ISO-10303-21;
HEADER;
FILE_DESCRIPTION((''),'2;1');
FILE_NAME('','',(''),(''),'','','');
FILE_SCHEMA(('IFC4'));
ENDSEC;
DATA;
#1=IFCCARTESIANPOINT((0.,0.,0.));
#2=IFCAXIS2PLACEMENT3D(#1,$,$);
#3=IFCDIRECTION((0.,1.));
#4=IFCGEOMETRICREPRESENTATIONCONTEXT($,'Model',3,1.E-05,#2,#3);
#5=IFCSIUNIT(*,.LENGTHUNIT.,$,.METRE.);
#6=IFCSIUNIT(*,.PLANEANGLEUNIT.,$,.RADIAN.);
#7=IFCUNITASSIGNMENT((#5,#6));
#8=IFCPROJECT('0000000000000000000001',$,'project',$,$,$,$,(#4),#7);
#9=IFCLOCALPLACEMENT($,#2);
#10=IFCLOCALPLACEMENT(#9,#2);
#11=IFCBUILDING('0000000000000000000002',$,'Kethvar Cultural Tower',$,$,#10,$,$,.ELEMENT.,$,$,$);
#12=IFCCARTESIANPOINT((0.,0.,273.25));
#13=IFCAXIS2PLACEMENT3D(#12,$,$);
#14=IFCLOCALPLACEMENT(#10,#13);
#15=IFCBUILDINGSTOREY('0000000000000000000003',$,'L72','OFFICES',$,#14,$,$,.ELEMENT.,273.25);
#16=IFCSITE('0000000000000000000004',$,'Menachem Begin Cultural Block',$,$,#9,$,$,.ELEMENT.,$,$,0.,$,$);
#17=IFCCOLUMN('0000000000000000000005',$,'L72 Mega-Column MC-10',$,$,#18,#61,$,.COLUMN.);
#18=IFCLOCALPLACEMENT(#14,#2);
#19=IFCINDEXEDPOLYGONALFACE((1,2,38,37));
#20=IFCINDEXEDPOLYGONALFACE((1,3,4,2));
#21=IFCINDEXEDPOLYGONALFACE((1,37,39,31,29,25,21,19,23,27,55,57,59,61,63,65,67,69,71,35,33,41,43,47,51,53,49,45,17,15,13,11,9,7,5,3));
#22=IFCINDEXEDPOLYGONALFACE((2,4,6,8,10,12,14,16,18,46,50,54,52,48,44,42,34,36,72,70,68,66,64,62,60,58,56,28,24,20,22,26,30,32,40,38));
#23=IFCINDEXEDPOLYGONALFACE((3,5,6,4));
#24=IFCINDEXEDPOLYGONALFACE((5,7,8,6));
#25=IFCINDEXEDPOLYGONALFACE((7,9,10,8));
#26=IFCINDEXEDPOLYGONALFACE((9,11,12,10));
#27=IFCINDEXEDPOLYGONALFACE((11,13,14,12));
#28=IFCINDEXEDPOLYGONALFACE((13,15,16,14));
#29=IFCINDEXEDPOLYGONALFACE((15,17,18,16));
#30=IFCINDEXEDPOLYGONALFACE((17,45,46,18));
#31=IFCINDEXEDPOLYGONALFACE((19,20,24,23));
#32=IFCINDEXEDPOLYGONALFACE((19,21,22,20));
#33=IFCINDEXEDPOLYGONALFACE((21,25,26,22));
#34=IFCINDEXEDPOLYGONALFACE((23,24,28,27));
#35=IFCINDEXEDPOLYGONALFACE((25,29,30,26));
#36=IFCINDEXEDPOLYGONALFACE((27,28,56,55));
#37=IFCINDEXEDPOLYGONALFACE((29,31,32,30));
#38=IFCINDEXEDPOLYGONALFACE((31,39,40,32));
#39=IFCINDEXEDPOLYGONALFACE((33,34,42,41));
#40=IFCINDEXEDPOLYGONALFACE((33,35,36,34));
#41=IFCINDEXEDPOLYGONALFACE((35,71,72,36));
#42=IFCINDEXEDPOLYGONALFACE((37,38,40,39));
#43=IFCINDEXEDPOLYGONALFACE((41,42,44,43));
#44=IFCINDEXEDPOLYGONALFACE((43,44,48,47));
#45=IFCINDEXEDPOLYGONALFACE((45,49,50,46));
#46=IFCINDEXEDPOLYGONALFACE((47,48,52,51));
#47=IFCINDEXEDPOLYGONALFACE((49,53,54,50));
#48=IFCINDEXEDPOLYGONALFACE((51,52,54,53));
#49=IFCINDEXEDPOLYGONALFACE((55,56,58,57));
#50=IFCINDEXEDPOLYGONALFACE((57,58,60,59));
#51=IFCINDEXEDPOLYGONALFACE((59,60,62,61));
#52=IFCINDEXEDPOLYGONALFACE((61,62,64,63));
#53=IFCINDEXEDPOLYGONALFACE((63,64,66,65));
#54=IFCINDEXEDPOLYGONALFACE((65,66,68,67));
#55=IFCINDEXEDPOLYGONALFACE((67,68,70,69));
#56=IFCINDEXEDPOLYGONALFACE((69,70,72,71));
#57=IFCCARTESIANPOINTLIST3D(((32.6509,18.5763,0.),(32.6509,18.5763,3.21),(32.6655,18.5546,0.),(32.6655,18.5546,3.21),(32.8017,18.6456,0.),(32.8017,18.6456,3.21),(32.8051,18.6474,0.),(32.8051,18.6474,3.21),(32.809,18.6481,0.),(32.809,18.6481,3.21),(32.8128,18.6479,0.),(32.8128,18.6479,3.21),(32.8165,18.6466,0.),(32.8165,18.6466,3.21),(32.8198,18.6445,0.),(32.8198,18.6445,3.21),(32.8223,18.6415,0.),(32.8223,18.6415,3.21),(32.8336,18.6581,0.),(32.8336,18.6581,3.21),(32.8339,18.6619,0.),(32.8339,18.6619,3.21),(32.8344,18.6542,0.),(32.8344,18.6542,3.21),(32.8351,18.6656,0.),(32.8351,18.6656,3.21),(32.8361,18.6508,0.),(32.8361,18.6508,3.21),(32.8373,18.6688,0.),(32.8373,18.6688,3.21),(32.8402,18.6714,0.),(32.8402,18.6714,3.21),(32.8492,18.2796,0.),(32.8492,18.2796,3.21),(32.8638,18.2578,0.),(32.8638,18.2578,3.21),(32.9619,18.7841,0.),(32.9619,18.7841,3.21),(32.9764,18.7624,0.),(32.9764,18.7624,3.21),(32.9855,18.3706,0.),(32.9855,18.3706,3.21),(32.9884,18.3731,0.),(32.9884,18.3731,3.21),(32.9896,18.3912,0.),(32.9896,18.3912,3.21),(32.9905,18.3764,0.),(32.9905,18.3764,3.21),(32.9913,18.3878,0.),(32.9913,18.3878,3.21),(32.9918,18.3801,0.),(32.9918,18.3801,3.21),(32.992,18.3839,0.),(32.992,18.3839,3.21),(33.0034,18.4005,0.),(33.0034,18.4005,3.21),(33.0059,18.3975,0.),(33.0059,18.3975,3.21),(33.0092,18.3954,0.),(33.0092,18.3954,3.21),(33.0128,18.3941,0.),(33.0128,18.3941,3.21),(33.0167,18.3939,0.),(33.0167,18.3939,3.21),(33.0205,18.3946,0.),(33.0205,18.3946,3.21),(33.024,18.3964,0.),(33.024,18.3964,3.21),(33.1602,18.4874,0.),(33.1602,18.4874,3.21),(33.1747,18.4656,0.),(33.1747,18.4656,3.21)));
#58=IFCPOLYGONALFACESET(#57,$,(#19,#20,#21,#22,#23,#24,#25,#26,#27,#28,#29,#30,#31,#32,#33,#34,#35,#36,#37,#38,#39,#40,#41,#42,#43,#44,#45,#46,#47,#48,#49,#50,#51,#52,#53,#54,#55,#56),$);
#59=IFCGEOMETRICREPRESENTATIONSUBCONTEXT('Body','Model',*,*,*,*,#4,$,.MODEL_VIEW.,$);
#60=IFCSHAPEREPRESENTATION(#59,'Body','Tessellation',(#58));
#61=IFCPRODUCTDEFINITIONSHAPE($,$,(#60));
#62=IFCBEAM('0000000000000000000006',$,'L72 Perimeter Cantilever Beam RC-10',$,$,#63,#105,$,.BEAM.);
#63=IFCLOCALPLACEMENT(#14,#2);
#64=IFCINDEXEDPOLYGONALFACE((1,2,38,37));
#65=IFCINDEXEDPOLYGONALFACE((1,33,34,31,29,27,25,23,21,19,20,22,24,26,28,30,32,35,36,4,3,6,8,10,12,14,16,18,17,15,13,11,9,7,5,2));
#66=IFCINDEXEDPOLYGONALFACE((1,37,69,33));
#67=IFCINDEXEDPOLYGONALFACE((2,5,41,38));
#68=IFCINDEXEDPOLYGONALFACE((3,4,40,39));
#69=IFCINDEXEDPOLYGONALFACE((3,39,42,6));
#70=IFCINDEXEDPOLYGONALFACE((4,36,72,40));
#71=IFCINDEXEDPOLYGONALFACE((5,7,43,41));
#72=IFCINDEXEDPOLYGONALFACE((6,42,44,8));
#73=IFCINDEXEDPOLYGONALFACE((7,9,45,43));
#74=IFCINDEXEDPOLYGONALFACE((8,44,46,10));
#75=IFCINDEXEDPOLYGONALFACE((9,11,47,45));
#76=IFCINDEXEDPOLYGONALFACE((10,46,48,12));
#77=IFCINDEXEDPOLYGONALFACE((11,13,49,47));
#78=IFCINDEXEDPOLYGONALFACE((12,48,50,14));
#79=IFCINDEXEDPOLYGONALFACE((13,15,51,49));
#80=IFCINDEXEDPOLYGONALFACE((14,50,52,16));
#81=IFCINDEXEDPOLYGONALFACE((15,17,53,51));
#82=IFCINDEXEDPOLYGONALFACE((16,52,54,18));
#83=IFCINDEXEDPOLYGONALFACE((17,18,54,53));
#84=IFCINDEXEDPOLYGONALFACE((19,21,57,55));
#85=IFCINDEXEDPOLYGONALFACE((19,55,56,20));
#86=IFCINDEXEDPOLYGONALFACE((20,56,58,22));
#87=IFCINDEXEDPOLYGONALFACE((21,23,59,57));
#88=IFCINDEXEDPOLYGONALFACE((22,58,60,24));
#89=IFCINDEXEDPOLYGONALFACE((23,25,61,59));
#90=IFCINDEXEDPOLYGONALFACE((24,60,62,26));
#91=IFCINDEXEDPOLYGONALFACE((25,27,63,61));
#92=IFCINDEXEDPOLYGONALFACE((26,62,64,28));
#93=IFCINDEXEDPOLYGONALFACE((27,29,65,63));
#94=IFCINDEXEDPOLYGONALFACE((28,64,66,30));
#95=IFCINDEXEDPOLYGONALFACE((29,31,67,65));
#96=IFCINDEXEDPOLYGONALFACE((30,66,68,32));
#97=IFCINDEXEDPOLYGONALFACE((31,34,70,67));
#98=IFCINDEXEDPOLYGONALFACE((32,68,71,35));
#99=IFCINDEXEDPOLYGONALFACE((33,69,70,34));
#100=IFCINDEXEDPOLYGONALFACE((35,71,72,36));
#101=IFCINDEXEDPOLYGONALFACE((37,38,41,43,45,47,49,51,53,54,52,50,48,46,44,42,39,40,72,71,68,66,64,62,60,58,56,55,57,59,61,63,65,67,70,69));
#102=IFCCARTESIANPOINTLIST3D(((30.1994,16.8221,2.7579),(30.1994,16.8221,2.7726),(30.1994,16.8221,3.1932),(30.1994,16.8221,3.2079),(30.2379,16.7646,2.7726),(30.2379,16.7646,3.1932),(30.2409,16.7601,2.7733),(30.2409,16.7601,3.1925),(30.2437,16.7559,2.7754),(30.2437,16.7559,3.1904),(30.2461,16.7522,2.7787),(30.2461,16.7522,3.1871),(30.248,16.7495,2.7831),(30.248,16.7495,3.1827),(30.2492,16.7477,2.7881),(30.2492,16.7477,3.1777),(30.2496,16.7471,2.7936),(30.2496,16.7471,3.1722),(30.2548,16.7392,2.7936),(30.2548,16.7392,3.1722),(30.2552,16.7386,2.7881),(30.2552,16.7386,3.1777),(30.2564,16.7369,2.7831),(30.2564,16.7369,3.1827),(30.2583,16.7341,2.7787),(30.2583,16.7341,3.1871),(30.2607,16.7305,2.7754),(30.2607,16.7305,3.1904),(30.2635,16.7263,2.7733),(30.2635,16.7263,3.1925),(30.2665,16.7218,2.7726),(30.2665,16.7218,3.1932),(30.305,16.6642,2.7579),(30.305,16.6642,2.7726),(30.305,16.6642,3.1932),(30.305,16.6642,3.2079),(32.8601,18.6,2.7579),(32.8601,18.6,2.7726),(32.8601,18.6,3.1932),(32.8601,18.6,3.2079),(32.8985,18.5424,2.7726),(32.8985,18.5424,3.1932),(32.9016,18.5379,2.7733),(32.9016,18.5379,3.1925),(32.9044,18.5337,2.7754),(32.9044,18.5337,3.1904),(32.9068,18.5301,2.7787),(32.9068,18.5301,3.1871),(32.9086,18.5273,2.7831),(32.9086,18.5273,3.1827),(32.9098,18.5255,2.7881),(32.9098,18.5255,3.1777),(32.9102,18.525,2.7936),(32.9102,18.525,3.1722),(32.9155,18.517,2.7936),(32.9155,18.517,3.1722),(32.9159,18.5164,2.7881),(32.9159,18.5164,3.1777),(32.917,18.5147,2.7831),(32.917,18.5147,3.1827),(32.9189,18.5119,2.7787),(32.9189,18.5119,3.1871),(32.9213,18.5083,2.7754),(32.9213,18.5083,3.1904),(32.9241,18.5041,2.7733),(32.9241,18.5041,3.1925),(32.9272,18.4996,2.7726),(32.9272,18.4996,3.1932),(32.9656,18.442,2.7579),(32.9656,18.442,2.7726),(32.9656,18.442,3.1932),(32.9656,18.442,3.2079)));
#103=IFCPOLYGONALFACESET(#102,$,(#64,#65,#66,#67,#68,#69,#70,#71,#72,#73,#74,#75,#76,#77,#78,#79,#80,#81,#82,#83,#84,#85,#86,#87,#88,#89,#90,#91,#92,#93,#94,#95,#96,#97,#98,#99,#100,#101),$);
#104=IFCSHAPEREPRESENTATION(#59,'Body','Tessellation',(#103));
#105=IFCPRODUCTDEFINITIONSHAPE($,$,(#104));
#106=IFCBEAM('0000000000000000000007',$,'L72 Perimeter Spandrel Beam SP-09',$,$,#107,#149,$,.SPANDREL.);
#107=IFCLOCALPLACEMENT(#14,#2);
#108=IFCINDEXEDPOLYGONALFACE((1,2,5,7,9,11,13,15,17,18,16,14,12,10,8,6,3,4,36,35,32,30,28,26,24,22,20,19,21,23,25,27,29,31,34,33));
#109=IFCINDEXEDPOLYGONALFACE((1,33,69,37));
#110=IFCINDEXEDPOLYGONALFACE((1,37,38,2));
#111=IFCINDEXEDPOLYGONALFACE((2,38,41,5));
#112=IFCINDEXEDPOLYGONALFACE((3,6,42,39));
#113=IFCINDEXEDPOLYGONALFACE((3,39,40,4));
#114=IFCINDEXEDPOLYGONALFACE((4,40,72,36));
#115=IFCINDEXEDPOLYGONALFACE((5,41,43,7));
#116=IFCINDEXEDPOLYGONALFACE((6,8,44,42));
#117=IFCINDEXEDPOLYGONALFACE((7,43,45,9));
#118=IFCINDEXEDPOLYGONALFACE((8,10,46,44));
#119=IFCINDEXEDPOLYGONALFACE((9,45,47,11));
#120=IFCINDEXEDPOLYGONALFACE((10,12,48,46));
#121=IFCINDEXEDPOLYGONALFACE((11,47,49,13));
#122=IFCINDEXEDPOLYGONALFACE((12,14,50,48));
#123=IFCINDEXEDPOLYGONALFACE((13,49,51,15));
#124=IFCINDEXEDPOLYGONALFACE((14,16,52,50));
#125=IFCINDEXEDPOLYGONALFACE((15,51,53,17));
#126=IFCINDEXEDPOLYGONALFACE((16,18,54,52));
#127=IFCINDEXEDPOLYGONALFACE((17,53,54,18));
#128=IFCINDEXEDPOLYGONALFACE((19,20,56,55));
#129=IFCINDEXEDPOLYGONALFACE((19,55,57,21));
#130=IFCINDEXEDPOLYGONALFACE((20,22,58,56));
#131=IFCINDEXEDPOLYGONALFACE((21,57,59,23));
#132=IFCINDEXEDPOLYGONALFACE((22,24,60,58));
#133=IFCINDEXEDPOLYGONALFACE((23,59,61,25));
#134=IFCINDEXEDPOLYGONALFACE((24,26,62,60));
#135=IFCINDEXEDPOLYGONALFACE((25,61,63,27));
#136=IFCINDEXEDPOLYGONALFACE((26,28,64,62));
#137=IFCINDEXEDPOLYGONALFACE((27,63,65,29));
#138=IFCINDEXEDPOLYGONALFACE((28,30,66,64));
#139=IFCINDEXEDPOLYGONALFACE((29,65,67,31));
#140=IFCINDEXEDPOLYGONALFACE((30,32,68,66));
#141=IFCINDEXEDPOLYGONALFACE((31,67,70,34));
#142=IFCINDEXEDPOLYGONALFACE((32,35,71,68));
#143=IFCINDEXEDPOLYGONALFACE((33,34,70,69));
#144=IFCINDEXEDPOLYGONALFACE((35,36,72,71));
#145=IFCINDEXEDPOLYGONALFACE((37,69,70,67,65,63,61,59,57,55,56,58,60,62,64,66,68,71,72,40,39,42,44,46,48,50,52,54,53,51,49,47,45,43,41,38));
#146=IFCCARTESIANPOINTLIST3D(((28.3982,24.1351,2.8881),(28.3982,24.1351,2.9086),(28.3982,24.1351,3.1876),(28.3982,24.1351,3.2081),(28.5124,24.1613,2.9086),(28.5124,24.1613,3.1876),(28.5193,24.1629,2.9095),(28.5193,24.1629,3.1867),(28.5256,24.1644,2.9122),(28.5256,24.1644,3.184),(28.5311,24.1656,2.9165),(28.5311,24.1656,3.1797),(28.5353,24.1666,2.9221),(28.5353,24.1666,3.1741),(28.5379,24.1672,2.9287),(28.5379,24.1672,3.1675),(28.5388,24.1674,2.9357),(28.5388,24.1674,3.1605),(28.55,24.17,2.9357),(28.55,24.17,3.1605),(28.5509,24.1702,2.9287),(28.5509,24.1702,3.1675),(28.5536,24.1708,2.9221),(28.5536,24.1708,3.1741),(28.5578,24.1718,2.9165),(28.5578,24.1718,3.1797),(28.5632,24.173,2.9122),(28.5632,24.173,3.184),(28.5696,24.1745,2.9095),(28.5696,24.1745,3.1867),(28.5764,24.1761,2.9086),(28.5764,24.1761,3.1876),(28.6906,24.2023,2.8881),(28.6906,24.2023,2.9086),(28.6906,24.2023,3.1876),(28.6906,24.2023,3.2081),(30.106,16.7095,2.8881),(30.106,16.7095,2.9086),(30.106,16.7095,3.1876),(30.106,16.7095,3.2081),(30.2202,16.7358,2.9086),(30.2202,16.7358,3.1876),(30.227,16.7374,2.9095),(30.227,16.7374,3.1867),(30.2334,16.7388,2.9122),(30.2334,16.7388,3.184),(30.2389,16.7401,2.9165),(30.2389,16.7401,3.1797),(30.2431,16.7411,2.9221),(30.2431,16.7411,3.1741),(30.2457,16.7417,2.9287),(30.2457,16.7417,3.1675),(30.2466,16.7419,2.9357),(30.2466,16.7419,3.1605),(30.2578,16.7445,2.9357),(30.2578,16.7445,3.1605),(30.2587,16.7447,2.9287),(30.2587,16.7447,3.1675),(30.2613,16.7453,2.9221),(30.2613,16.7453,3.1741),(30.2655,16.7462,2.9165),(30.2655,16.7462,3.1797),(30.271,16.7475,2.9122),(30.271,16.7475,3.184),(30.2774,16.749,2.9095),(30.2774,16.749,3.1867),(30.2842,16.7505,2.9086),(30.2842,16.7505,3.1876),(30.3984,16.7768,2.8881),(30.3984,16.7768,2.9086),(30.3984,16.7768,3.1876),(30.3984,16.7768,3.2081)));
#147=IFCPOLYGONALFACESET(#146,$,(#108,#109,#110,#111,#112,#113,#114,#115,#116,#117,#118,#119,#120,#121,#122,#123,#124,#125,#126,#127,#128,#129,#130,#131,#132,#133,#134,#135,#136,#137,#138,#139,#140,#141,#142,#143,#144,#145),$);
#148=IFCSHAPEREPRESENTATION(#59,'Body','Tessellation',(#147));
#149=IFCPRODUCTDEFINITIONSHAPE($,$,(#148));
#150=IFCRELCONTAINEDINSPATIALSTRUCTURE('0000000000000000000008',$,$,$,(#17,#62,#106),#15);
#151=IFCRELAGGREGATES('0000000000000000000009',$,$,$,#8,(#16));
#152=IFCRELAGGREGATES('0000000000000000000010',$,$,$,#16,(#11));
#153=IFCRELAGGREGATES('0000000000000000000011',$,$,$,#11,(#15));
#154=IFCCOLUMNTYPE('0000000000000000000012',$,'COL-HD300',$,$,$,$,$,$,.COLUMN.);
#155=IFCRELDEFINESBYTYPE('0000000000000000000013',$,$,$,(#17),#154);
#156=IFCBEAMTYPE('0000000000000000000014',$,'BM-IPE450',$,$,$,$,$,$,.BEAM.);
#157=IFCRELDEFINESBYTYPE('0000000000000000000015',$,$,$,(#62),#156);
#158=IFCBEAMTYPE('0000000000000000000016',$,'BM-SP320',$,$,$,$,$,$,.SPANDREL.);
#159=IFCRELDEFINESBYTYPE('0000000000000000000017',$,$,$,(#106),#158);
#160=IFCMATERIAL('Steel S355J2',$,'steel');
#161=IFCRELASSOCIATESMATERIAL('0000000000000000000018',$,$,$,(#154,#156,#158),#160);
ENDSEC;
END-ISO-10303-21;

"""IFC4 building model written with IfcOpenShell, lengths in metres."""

from ifc_helpers import new_model, si_unit, direction, frame, origin, origin_2d, place, context, subcontext, project, spatial, i_section, extrude, source, transform, mapped, material, material_profile, profile_set, type_object, element, save


model = new_model("IFC4")

# Units and contexts
model_context = context("Model", 3, precision=1e-05, world=origin(), true_north=direction((0.0, 1.0)))
body_context = subcontext(model_context, "Body", "Model", "MODEL_VIEW")
ifc_project = project(units=[si_unit("LENGTHUNIT", "METRE"), si_unit("PLANEANGLEUNIT", "RADIAN")], contexts=[model_context])

# Site, building, storey
site_placement = place(None, origin())
site = spatial("IfcSite", under=ifc_project, at=site_placement, Name="Menachem Begin Cultural Block", CompositionType="ELEMENT", RefElevation=0.0)
building_placement = place(site_placement, origin())
building = spatial("IfcBuilding", under=site, at=building_placement, Name="Kethvar Cultural Tower", CompositionType="ELEMENT")
storey_placement = place(building_placement, frame((0.0, 0.0, 273.25)))
storey = spatial("IfcBuildingStorey", under=building, at=storey_placement, Name="L72", Description="OFFICES", CompositionType="ELEMENT", Elevation=273.25)

# Column
ifc_material_1 = material(Name="Steel S355J2", Category="steel")
ifc_material_profile_1 = material_profile(ifc_material_1, i_section(OverallWidth=0.374, OverallDepth=0.3831, WebThickness=0.0166, FlangeThickness=0.0261, FilletRadius=0.0149, at=origin_2d()), Name="Steel S355J2 — HD360x300")
ifc_profile_set_1 = profile_set([ifc_material_profile_1], Name="Steel S355J2 — HD360x300")
column_type = type_object("IfcColumnType", Name="COL-HD300", PredefinedType="COLUMN", material=ifc_profile_set_1)
shared_shape_1 = source(origin(), body_context, "Body", "SweptSolid", [
    extrude(i_section(OverallWidth=0.374, OverallDepth=0.3831, WebThickness=0.0166, FlangeThickness=0.0261, FilletRadius=0.0149, at=origin_2d()), origin(), (0.0, 0.0, 1.0), 3.21),
])
column_placement = place(storey_placement, frame((32.9128, 18.521, 0.0), z_axis=(0.0, 0.0, 1.0), x_axis=(-0.83147, -0.55557, 0.0)))
element("IfcColumn", 1, at=column_placement, inside=storey, type_object=column_type, Name="L72 Mega-Column MC-10", PredefinedType="COLUMN", context=body_context, shape_type="MappedRepresentation", body=[
    mapped(shared_shape_1, transform((0.0, 0.0, 0.0), scale=1.0)),
])

# Beams
ifc_material_profile_2 = material_profile(ifc_material_1, i_section(OverallWidth=0.1899, OverallDepth=0.45, WebThickness=0.0095, FlangeThickness=0.0146, FilletRadius=0.021, at=origin_2d()), Name="Steel S355J2 — IPE450")
ifc_profile_set_2 = profile_set([ifc_material_profile_2], Name="Steel S355J2 — IPE450")
beam_type_1 = type_object("IfcBeamType", Name="BM-IPE450", PredefinedType="BEAM", material=ifc_profile_set_2)
shared_shape_2 = source(origin(), body_context, "Body", "SweptSolid", [
    extrude(i_section(OverallWidth=0.1899, OverallDepth=0.45, WebThickness=0.0095, FlangeThickness=0.0146, FilletRadius=0.021, at=origin_2d()), origin(), (0.0, 0.0, 1.0), 3.2),
])
beam_1_placement = place(storey_placement, frame((32.9128, 18.521, 2.9829), z_axis=(-0.831463, -0.55558, 0.0), x_axis=(0.55558, -0.831463, 0.0)))
element("IfcBeam", 2, at=beam_1_placement, inside=storey, type_object=beam_type_1, Name="L72 Perimeter Cantilever Beam RC-10", PredefinedType="BEAM", context=body_context, shape_type="MappedRepresentation", body=[
    mapped(shared_shape_2, transform((0.0, 0.0, 0.0), scale=1.0)),
])
ifc_material_profile_3 = material_profile(ifc_material_1, i_section(OverallWidth=0.3, OverallDepth=0.3201, WebThickness=0.0115, FlangeThickness=0.0205, FilletRadius=0.0271, at=origin_2d()), Name="Steel S355J2 — HEB320")
ifc_profile_set_3 = profile_set([ifc_material_profile_3], Name="Steel S355J2 — HEB320")
beam_type_2 = type_object("IfcBeamType", Name="BM-SP320", PredefinedType="SPANDREL", material=ifc_profile_set_3)
shared_shape_3 = source(origin(), body_context, "Body", "SweptSolid", [
    extrude(i_section(OverallWidth=0.3, OverallDepth=0.3201, WebThickness=0.0115, FlangeThickness=0.0205, FilletRadius=0.0271, at=origin_2d()), origin(), (0.0, 0.0, 1.0), 7.6194),
])
beam_2_placement = place(storey_placement, frame((28.5444, 24.1687, 3.0481), z_axis=(0.224134, -0.974558, 0.0), x_axis=(0.974558, 0.224134, 0.0)))
element("IfcBeam", 3, at=beam_2_placement, inside=storey, type_object=beam_type_2, Name="L72 Perimeter Spandrel Beam SP-09", PredefinedType="SPANDREL", context=body_context, shape_type="MappedRepresentation", body=[
    mapped(shared_shape_3, transform((0.0, 0.0, 0.0), scale=1.0)),
])

save(model, "model.ifc")
